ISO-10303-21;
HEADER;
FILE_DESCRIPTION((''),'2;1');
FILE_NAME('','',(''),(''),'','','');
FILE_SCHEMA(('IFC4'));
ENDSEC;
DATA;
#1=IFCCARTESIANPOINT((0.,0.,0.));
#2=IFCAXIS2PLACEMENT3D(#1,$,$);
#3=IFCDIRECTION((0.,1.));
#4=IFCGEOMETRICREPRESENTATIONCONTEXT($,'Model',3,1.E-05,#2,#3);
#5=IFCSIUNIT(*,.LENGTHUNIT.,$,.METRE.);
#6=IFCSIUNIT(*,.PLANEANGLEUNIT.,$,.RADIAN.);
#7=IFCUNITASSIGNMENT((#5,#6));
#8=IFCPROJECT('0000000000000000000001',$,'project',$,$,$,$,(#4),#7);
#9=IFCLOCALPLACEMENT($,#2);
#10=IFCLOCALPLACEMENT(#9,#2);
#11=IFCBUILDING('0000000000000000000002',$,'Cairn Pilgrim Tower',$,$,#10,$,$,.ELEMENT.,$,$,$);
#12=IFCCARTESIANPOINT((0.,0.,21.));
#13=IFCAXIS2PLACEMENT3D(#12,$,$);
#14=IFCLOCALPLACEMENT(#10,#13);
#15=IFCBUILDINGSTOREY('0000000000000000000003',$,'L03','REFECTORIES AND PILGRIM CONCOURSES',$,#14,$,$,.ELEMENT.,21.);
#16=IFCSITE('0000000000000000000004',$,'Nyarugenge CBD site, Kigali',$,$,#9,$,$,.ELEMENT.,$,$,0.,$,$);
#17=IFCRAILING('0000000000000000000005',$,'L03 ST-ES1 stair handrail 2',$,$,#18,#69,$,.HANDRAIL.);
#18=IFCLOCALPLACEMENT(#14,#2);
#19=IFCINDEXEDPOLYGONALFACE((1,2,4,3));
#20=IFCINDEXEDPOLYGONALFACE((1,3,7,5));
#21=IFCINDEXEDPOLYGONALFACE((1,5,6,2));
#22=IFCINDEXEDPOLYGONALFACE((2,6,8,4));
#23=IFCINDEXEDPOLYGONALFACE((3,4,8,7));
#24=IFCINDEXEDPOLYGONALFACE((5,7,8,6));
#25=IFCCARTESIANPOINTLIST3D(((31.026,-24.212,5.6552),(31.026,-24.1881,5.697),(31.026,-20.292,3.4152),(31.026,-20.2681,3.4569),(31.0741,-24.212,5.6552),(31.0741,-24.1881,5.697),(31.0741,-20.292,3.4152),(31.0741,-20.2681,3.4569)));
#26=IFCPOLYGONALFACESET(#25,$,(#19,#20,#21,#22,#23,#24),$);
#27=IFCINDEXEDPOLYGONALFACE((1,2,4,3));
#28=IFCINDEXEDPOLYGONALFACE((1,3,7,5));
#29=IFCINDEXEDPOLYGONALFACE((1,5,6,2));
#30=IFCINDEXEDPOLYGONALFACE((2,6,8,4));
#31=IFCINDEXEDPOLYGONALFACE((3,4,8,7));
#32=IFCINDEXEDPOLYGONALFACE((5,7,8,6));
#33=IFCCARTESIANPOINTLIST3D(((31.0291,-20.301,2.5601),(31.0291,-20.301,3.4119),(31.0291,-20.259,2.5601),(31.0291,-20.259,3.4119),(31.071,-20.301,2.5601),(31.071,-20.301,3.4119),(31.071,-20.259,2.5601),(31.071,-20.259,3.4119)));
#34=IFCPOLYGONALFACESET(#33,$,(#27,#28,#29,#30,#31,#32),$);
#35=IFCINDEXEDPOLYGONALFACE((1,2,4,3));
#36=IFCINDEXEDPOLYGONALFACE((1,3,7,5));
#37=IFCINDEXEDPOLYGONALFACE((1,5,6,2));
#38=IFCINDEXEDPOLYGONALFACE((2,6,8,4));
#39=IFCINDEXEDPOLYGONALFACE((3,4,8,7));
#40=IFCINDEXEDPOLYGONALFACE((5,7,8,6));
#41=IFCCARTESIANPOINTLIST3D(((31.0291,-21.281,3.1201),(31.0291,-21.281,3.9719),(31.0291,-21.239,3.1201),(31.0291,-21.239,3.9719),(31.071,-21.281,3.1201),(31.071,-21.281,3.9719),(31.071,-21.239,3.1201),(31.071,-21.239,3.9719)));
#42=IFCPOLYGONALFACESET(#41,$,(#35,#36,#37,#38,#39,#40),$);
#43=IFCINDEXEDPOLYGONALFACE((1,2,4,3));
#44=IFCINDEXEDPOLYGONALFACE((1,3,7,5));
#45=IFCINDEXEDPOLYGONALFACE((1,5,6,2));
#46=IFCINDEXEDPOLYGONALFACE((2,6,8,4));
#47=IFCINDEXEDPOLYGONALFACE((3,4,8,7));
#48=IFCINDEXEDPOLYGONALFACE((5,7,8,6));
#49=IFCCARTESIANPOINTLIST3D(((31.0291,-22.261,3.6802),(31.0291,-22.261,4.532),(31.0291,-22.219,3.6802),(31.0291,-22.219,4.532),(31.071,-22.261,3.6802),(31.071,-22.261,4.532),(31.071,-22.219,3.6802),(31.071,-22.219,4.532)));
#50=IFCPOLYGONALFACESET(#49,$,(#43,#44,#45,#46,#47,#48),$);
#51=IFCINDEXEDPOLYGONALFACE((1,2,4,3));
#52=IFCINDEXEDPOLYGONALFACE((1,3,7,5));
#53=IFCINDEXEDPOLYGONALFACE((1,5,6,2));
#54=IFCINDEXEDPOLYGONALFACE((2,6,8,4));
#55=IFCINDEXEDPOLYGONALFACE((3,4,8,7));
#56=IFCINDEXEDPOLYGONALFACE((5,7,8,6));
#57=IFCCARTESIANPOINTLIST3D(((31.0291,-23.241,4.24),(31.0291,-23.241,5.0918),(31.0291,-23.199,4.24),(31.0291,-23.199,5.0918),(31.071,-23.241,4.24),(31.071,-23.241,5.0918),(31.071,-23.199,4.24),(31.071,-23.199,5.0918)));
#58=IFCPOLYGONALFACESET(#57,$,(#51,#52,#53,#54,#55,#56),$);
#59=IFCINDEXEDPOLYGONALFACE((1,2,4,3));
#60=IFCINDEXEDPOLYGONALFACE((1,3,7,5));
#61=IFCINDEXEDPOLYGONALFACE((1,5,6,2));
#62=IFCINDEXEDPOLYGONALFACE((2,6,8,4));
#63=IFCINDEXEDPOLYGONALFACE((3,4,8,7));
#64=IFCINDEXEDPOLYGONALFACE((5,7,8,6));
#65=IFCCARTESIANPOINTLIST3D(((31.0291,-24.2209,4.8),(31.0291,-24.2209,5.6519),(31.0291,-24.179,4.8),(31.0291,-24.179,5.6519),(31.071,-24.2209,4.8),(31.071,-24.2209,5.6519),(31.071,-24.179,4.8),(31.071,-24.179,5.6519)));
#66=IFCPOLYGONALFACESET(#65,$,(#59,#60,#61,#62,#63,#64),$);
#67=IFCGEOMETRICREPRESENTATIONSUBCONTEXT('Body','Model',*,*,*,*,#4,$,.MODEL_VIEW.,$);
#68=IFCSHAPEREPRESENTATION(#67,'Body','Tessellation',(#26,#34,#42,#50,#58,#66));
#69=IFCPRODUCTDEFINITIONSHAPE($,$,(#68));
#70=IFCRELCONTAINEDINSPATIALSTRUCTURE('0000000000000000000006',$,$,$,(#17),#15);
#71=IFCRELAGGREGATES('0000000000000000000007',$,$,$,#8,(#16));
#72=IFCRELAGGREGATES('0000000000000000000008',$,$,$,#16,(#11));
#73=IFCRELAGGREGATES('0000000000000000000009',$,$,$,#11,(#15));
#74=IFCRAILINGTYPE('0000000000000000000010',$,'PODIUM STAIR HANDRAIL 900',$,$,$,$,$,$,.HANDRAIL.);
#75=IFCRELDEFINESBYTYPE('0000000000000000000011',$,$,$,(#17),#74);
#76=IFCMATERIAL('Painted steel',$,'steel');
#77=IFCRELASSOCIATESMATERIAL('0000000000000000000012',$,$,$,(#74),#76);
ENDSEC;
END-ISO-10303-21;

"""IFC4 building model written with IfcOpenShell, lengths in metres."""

from ifc_helpers import new_model, si_unit, direction, frame, origin, origin_2d, place, context, subcontext, project, spatial, rectangle, extrude, material, type_object, element, save


model = new_model("IFC4")

# Units and contexts
model_context = context("Model", 3, precision=1e-05, world=origin(), true_north=direction((0.0, 1.0)))
body_context = subcontext(model_context, "Body", "Model", "MODEL_VIEW")
ifc_project = project(units=[si_unit("LENGTHUNIT", "METRE"), si_unit("PLANEANGLEUNIT", "RADIAN")], contexts=[model_context])

# Site, building, storey
site_placement = place(None, origin())
site = spatial("IfcSite", under=ifc_project, at=site_placement, Name="Nyarugenge CBD site, Kigali", CompositionType="ELEMENT", RefElevation=0.0)
building_placement = place(site_placement, origin())
building = spatial("IfcBuilding", under=site, at=building_placement, Name="Cairn Pilgrim Tower", CompositionType="ELEMENT")
storey_placement = place(building_placement, frame((0.0, 0.0, 21.0)))
storey = spatial("IfcBuildingStorey", under=building, at=storey_placement, Name="L03", Description="REFECTORIES AND PILGRIM CONCOURSES", CompositionType="ELEMENT", Elevation=21.0)

# Railing
ifc_material_1 = material(Name="Painted steel", Category="steel")
railing_type_1 = type_object("IfcRailingType", Name="PODIUM STAIR HANDRAIL 900", PredefinedType="HANDRAIL", material=ifc_material_1)
railing_1_placement = place(storey_placement, frame((31.05, -20.28, 2.5601)))
element("IfcRailing", 1, at=railing_1_placement, inside=storey, type_object=railing_type_1, Name="L03 ST-ES1 stair handrail 2", PredefinedType="HANDRAIL", context=body_context, shape_type="SweptSolid", body=[
    extrude(rectangle(XDim=0.0481, YDim=0.0481, at=origin_2d()), frame((0.0, 0.0, 0.876), z_axis=(0.0, -0.86824, 0.496145), x_axis=(1.0, 0.0, 0.0)), (0.0, 0.0, 1.0), 4.5149),
    extrude(rectangle(XDim=0.042, YDim=0.042, at=origin_2d()), origin(), (0.0, 0.0, 1.0), 0.8518),
    extrude(rectangle(XDim=0.042, YDim=0.042, at=origin_2d()), frame((0.0, -0.98, 0.5601)), (0.0, 0.0, 1.0), 0.8518),
    extrude(rectangle(XDim=0.042, YDim=0.042, at=origin_2d()), frame((0.0, -1.96, 1.1201)), (0.0, 0.0, 1.0), 0.8518),
    extrude(rectangle(XDim=0.042, YDim=0.042, at=origin_2d()), frame((0.0, -2.9399, 1.6799)), (0.0, 0.0, 1.0), 0.8518),
    extrude(rectangle(XDim=0.042, YDim=0.042, at=origin_2d()), frame((0.0, -3.9199, 2.24)), (0.0, 0.0, 1.0), 0.8518),
])

save(model, "model.ifc")
